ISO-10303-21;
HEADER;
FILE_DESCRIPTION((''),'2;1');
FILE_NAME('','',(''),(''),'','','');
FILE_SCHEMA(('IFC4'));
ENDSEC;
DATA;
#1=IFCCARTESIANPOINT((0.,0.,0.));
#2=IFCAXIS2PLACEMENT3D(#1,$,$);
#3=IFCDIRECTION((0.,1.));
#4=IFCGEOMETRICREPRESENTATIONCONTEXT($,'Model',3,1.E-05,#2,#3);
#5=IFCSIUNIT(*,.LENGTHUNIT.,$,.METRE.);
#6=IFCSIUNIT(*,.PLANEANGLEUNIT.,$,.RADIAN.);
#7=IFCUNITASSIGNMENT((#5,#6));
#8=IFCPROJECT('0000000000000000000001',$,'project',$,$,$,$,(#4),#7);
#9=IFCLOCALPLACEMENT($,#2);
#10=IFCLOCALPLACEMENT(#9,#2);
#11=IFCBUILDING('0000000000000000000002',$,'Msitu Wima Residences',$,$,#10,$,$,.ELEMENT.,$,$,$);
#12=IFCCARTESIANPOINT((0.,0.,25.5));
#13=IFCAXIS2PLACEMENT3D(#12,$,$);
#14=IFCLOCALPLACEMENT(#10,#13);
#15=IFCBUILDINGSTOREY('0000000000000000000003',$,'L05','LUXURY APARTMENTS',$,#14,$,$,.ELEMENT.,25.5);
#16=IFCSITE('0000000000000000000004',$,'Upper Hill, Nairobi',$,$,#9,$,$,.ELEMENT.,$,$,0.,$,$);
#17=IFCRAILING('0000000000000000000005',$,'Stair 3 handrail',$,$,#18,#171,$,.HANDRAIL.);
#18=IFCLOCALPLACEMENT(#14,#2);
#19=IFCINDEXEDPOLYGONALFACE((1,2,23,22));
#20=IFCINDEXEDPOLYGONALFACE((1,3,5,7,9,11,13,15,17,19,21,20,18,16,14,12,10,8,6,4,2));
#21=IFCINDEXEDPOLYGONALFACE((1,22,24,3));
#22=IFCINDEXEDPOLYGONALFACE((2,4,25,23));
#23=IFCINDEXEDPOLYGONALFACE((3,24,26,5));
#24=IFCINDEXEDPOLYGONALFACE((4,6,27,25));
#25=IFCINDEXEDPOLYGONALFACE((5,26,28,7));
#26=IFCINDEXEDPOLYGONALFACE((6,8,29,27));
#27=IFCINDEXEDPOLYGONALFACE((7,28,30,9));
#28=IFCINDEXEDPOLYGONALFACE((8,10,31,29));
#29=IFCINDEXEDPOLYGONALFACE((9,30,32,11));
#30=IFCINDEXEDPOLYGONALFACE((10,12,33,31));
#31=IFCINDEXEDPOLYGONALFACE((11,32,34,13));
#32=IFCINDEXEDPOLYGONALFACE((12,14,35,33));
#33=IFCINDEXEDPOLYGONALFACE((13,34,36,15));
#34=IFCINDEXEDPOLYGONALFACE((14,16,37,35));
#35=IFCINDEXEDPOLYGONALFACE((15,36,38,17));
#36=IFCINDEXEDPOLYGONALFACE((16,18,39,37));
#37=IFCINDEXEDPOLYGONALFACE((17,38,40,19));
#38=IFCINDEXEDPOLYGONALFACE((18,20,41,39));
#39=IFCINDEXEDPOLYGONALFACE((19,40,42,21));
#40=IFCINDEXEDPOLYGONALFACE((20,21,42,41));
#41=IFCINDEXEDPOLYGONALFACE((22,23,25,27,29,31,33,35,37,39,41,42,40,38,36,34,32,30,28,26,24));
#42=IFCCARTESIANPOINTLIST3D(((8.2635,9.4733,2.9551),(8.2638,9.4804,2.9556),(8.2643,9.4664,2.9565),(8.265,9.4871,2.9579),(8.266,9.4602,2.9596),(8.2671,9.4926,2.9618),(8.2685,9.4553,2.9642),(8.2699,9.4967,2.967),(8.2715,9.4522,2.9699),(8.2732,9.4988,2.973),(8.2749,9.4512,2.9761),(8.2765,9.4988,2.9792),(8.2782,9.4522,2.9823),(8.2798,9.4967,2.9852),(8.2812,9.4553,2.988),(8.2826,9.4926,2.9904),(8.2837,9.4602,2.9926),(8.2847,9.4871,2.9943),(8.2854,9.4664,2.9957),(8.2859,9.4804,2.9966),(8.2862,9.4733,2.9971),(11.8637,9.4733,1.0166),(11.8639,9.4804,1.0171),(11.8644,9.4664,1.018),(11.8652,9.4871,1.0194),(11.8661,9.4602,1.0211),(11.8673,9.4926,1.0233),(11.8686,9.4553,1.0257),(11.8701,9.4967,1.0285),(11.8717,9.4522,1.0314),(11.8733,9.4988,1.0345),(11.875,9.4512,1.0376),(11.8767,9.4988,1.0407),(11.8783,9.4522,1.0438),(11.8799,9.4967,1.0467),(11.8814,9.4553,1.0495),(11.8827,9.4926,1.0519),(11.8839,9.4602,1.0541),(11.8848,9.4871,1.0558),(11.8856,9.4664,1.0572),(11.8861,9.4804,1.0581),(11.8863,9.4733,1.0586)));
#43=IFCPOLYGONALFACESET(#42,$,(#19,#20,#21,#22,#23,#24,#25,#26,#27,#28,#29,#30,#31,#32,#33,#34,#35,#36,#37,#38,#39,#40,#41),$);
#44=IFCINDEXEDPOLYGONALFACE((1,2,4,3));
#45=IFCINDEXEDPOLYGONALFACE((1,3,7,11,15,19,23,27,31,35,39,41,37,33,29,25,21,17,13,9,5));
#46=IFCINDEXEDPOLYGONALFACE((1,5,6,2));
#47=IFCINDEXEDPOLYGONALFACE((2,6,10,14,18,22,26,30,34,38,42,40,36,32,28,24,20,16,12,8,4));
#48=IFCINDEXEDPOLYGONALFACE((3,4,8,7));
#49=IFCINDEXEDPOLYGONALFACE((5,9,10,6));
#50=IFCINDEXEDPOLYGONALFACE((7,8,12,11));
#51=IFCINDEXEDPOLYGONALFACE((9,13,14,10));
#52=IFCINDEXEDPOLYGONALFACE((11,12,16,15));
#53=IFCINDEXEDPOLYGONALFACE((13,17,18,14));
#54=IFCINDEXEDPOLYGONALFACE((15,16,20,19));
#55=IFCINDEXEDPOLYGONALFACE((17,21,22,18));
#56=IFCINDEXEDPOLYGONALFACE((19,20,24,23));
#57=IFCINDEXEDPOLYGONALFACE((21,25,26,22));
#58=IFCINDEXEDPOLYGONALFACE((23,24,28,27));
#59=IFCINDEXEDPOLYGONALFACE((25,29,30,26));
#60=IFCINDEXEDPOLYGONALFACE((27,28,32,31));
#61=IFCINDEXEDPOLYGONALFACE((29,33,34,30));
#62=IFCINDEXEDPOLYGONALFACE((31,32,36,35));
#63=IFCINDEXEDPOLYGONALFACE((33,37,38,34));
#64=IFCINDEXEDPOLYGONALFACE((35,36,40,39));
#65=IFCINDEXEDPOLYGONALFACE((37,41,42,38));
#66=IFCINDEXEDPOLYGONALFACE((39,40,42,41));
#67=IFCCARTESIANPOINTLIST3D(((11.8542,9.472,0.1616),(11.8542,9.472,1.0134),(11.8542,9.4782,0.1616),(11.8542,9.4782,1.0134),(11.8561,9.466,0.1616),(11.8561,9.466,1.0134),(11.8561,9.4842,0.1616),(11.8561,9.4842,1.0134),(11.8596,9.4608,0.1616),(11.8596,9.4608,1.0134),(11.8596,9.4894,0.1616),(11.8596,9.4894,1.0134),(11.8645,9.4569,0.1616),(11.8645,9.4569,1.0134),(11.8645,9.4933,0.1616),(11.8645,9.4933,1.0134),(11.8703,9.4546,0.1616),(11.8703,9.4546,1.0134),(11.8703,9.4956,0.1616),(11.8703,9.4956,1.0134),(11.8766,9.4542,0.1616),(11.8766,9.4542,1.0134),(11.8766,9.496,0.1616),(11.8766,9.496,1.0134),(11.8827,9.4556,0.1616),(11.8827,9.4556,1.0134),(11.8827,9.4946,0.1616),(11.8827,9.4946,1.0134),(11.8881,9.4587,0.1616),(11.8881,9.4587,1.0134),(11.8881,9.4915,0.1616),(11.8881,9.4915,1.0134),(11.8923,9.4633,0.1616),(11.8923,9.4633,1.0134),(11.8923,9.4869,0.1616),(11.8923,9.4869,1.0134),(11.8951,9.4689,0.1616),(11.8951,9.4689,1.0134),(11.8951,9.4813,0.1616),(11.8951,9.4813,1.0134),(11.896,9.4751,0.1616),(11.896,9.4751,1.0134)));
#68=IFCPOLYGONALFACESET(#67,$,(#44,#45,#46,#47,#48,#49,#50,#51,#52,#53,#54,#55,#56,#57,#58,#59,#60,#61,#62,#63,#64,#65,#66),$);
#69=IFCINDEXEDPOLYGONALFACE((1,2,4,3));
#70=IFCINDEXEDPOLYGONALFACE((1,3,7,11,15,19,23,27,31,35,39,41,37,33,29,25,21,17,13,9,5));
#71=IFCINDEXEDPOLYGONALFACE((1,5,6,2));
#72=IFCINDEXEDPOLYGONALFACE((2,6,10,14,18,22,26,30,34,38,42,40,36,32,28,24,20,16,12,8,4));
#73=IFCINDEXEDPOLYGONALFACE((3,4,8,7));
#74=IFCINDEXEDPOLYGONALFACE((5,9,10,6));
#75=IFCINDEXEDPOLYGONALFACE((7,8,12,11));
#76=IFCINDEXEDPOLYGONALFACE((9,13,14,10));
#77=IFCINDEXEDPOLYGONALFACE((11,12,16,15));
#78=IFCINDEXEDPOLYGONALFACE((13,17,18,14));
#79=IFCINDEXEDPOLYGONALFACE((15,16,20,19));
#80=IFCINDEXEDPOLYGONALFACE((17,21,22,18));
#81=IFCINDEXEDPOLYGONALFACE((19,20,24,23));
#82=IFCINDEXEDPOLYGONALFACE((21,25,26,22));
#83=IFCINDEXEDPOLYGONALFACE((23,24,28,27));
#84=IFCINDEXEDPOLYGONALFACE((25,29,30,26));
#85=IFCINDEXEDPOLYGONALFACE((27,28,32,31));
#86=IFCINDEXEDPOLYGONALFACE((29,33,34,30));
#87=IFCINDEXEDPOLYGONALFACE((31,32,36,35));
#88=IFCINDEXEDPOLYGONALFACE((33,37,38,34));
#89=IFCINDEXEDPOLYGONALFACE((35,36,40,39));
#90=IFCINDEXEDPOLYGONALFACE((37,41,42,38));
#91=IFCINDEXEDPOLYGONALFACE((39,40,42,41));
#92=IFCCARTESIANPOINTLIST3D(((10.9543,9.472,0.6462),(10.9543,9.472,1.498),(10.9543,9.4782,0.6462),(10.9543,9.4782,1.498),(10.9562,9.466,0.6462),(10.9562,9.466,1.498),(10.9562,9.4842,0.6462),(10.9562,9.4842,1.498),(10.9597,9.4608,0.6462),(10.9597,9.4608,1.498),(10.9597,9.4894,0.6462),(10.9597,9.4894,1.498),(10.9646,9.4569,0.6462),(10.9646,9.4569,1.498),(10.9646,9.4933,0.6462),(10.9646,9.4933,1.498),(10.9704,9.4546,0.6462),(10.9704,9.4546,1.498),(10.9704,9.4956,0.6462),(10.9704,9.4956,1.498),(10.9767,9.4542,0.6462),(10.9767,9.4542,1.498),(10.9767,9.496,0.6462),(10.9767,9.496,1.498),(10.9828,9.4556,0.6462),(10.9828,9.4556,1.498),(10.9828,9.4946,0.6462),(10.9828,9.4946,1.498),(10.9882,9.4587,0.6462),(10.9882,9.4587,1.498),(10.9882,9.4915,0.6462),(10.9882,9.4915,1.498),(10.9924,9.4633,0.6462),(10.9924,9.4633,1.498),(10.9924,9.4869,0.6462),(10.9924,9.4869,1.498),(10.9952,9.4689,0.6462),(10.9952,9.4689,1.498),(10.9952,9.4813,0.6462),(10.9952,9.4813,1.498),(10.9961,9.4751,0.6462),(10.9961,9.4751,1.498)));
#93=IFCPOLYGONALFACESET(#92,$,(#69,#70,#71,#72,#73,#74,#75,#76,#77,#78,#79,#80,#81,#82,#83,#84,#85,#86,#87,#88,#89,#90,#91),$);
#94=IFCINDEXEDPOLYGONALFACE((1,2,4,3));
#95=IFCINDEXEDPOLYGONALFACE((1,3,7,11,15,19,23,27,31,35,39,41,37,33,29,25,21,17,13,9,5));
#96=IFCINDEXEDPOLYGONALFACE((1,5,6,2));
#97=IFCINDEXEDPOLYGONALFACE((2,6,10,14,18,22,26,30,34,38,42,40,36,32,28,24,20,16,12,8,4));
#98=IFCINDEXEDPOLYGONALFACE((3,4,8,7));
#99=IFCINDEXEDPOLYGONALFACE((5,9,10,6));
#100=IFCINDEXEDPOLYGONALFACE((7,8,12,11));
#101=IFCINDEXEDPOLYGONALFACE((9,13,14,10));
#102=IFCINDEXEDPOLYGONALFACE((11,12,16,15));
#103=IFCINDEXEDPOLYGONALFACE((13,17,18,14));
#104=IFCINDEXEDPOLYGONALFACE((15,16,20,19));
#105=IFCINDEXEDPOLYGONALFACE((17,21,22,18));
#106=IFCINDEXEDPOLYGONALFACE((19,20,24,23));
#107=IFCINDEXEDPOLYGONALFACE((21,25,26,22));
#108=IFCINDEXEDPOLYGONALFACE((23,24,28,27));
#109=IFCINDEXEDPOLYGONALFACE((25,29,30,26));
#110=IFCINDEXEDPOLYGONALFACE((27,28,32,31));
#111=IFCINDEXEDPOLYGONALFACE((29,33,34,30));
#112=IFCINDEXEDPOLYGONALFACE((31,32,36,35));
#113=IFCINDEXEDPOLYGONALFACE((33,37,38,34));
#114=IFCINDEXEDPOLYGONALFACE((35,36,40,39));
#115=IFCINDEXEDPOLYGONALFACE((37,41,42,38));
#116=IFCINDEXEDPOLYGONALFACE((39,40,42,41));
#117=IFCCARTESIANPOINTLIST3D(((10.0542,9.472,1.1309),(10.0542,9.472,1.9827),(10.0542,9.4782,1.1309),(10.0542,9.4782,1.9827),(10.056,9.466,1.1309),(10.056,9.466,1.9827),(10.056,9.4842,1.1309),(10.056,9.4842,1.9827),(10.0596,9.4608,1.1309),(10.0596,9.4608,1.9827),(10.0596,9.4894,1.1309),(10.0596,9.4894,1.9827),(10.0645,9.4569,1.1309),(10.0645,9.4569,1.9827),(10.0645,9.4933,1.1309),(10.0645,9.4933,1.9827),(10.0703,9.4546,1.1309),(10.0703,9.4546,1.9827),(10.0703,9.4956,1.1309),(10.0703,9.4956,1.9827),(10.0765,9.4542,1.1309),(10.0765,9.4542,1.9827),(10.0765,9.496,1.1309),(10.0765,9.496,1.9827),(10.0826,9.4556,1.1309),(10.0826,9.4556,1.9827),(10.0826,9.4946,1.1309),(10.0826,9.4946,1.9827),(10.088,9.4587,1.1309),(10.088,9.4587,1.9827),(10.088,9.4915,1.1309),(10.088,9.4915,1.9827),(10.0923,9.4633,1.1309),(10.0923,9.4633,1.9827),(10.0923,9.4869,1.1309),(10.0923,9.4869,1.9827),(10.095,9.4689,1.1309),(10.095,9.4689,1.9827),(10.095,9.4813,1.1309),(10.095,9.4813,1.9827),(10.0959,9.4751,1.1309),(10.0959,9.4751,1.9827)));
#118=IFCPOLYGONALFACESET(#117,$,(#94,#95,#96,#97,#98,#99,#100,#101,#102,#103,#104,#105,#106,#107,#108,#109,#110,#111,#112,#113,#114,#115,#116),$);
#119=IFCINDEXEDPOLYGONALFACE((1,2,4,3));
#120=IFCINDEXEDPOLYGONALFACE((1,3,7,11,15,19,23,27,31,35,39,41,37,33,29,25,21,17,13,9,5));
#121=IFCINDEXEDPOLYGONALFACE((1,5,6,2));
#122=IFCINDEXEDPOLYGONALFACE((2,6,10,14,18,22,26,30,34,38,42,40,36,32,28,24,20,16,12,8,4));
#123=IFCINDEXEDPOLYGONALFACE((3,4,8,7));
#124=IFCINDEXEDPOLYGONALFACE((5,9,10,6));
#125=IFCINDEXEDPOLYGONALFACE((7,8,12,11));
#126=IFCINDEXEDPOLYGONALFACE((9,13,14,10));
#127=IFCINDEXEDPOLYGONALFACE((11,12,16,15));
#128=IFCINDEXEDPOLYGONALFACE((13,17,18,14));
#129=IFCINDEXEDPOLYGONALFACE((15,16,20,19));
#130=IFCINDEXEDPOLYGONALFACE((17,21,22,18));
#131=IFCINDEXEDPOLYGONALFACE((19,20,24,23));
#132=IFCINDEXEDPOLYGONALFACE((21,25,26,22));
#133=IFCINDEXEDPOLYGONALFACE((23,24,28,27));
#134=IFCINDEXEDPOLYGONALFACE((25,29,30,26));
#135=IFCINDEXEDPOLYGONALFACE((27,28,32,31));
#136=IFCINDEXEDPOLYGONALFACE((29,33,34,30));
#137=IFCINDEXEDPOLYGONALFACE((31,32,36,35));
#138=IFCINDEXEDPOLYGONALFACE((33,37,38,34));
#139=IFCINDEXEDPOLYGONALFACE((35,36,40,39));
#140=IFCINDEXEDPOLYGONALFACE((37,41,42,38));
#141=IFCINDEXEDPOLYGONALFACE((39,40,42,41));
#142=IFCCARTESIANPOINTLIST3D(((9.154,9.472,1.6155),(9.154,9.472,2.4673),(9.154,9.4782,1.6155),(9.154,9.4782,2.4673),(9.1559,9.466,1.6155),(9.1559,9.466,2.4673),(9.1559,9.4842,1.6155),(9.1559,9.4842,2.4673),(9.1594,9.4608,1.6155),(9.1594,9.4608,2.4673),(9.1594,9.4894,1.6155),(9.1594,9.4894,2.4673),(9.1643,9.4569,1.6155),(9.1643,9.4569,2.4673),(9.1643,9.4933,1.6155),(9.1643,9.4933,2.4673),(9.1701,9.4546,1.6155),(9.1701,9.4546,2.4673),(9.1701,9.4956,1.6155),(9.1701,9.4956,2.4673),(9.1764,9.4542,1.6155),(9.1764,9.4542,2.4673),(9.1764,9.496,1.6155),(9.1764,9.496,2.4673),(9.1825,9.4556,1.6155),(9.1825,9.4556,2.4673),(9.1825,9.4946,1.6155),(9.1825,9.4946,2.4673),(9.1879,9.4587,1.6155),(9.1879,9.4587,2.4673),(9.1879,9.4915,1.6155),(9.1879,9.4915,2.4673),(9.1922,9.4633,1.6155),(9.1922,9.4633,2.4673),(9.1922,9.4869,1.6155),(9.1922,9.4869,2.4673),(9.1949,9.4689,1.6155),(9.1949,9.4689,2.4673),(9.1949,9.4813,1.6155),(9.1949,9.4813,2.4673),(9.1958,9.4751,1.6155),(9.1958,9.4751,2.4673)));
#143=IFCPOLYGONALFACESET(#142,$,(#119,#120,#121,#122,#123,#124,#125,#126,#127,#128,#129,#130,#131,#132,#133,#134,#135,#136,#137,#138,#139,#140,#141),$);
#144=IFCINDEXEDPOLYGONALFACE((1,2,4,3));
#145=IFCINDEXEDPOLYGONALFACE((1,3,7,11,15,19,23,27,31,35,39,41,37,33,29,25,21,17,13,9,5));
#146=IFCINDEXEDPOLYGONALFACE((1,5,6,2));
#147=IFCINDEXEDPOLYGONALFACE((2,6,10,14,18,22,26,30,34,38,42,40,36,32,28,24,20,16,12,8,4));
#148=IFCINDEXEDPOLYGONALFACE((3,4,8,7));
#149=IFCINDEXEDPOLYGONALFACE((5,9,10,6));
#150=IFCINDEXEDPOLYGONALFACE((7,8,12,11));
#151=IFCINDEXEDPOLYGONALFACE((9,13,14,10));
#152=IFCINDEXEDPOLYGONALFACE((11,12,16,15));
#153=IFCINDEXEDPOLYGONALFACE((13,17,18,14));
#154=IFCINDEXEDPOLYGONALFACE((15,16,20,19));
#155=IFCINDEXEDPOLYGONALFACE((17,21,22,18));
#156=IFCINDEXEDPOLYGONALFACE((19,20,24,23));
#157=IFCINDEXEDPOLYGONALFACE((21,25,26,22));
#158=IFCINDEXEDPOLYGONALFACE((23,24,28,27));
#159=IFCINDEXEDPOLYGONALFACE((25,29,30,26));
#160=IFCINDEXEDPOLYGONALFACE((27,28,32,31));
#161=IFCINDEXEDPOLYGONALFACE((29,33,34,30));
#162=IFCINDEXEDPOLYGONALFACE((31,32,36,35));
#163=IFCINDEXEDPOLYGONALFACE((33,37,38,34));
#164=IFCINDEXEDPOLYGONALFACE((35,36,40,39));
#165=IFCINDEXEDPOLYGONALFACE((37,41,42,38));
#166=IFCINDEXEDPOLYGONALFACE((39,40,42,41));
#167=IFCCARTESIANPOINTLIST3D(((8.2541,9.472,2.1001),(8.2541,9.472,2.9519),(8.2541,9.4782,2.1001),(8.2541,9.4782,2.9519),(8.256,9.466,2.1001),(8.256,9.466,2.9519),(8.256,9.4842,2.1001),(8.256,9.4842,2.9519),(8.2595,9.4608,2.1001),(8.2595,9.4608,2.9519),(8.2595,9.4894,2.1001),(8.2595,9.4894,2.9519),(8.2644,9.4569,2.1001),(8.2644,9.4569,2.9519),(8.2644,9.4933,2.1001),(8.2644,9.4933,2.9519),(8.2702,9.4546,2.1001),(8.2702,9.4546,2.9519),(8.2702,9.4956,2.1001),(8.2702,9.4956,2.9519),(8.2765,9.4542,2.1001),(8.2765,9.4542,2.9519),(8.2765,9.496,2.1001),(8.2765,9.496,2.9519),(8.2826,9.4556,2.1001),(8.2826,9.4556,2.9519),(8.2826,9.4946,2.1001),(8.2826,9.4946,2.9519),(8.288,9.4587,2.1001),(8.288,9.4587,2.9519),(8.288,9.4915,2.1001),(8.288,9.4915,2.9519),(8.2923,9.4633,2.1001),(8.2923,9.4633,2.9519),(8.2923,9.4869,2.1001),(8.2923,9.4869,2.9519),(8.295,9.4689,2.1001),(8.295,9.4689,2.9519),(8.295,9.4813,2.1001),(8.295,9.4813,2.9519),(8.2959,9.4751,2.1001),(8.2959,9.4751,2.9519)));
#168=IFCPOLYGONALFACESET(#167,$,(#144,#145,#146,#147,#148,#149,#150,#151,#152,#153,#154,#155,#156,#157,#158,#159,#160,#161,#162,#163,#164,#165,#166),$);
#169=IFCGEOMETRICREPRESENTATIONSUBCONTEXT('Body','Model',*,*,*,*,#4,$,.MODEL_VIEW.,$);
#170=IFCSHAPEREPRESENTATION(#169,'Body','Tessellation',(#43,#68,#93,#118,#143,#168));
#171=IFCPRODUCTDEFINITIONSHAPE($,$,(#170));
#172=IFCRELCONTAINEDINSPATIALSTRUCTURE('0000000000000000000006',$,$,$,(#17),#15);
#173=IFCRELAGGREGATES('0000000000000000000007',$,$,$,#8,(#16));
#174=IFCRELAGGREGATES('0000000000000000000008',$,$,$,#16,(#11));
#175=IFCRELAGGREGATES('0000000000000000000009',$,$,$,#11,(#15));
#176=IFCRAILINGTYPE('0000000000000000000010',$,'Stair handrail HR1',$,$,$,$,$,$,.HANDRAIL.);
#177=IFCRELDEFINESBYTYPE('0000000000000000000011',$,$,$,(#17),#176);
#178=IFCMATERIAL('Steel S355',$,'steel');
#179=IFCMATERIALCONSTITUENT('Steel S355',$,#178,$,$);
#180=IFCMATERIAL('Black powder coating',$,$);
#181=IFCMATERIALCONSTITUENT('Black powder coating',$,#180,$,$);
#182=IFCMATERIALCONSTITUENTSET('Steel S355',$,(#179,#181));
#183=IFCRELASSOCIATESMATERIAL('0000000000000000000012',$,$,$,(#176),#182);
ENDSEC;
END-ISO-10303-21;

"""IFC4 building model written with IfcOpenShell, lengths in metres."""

from ifc_helpers import new_model, si_unit, direction, frame, origin, origin_2d, place, context, subcontext, project, spatial, circle, extrude, material, constituent, constituent_set, type_object, element, save


model = new_model("IFC4")

# Units and contexts
model_context = context("Model", 3, precision=1e-05, world=origin(), true_north=direction((0.0, 1.0)))
body_context = subcontext(model_context, "Body", "Model", "MODEL_VIEW")
ifc_project = project(units=[si_unit("LENGTHUNIT", "METRE"), si_unit("PLANEANGLEUNIT", "RADIAN")], contexts=[model_context])

# Site, building, storey
site_placement = place(None, origin())
site = spatial("IfcSite", under=ifc_project, at=site_placement, Name="Upper Hill, Nairobi", CompositionType="ELEMENT", RefElevation=0.0)
building_placement = place(site_placement, origin())
building = spatial("IfcBuilding", under=site, at=building_placement, Name="Msitu Wima Residences", CompositionType="ELEMENT")
storey_placement = place(building_placement, frame((0.0, 0.0, 25.5)))
storey = spatial("IfcBuildingStorey", under=building, at=storey_placement, Name="L05", Description="LUXURY APARTMENTS", CompositionType="ELEMENT", Elevation=25.5)

# Railing
ifc_material_1 = material(Name="Steel S355", Category="steel")
ifc_constituent_1 = constituent(ifc_material_1, Name="Steel S355")
ifc_material_2 = material(Name="Black powder coating")
ifc_constituent_2 = constituent(ifc_material_2, Name="Black powder coating")
ifc_constituent_set = constituent_set(constituents=[ifc_constituent_1, ifc_constituent_2], Name="Steel S355")
railing_type = type_object("IfcRailingType", Name="Stair handrail HR1", PredefinedType="HANDRAIL", material=ifc_constituent_set)
for number, where, name in (
    (1, (11.875, 9.4751, 0.1616), "Stair 3 handrail"),
):
    element("IfcRailing", number, at=place(storey_placement, frame(where)), inside=storey, type_object=railing_type, Name=name, PredefinedType="HANDRAIL", context=body_context, shape_type="SweptSolid", body=[
        extrude(circle(Radius=0.0239, at=origin_2d()), frame((0.0, 0.0, 0.876), z_axis=(-0.880475, 0.0, 0.474093), x_axis=(0.0, -1.0, 0.0)), (0.0, 0.0, 1.0), 4.0889),
        extrude(circle(Radius=0.021, at=origin_2d()), origin(), (0.0, 0.0, 1.0), 0.8518),
        extrude(circle(Radius=0.021, at=origin_2d()), frame((-0.8999, 0.0, 0.4846)), (0.0, 0.0, 1.0), 0.8518),
        extrude(circle(Radius=0.021, at=origin_2d()), frame((-1.8, 0.0, 0.9692)), (0.0, 0.0, 1.0), 0.8518),
        extrude(circle(Radius=0.021, at=origin_2d()), frame((-2.7002, 0.0, 1.4539)), (0.0, 0.0, 1.0), 0.8518),
        extrude(circle(Radius=0.021, at=origin_2d()), frame((-3.6001, 0.0, 1.9385)), (0.0, 0.0, 1.0), 0.8518),
    ])

save(model, "model.ifc")
